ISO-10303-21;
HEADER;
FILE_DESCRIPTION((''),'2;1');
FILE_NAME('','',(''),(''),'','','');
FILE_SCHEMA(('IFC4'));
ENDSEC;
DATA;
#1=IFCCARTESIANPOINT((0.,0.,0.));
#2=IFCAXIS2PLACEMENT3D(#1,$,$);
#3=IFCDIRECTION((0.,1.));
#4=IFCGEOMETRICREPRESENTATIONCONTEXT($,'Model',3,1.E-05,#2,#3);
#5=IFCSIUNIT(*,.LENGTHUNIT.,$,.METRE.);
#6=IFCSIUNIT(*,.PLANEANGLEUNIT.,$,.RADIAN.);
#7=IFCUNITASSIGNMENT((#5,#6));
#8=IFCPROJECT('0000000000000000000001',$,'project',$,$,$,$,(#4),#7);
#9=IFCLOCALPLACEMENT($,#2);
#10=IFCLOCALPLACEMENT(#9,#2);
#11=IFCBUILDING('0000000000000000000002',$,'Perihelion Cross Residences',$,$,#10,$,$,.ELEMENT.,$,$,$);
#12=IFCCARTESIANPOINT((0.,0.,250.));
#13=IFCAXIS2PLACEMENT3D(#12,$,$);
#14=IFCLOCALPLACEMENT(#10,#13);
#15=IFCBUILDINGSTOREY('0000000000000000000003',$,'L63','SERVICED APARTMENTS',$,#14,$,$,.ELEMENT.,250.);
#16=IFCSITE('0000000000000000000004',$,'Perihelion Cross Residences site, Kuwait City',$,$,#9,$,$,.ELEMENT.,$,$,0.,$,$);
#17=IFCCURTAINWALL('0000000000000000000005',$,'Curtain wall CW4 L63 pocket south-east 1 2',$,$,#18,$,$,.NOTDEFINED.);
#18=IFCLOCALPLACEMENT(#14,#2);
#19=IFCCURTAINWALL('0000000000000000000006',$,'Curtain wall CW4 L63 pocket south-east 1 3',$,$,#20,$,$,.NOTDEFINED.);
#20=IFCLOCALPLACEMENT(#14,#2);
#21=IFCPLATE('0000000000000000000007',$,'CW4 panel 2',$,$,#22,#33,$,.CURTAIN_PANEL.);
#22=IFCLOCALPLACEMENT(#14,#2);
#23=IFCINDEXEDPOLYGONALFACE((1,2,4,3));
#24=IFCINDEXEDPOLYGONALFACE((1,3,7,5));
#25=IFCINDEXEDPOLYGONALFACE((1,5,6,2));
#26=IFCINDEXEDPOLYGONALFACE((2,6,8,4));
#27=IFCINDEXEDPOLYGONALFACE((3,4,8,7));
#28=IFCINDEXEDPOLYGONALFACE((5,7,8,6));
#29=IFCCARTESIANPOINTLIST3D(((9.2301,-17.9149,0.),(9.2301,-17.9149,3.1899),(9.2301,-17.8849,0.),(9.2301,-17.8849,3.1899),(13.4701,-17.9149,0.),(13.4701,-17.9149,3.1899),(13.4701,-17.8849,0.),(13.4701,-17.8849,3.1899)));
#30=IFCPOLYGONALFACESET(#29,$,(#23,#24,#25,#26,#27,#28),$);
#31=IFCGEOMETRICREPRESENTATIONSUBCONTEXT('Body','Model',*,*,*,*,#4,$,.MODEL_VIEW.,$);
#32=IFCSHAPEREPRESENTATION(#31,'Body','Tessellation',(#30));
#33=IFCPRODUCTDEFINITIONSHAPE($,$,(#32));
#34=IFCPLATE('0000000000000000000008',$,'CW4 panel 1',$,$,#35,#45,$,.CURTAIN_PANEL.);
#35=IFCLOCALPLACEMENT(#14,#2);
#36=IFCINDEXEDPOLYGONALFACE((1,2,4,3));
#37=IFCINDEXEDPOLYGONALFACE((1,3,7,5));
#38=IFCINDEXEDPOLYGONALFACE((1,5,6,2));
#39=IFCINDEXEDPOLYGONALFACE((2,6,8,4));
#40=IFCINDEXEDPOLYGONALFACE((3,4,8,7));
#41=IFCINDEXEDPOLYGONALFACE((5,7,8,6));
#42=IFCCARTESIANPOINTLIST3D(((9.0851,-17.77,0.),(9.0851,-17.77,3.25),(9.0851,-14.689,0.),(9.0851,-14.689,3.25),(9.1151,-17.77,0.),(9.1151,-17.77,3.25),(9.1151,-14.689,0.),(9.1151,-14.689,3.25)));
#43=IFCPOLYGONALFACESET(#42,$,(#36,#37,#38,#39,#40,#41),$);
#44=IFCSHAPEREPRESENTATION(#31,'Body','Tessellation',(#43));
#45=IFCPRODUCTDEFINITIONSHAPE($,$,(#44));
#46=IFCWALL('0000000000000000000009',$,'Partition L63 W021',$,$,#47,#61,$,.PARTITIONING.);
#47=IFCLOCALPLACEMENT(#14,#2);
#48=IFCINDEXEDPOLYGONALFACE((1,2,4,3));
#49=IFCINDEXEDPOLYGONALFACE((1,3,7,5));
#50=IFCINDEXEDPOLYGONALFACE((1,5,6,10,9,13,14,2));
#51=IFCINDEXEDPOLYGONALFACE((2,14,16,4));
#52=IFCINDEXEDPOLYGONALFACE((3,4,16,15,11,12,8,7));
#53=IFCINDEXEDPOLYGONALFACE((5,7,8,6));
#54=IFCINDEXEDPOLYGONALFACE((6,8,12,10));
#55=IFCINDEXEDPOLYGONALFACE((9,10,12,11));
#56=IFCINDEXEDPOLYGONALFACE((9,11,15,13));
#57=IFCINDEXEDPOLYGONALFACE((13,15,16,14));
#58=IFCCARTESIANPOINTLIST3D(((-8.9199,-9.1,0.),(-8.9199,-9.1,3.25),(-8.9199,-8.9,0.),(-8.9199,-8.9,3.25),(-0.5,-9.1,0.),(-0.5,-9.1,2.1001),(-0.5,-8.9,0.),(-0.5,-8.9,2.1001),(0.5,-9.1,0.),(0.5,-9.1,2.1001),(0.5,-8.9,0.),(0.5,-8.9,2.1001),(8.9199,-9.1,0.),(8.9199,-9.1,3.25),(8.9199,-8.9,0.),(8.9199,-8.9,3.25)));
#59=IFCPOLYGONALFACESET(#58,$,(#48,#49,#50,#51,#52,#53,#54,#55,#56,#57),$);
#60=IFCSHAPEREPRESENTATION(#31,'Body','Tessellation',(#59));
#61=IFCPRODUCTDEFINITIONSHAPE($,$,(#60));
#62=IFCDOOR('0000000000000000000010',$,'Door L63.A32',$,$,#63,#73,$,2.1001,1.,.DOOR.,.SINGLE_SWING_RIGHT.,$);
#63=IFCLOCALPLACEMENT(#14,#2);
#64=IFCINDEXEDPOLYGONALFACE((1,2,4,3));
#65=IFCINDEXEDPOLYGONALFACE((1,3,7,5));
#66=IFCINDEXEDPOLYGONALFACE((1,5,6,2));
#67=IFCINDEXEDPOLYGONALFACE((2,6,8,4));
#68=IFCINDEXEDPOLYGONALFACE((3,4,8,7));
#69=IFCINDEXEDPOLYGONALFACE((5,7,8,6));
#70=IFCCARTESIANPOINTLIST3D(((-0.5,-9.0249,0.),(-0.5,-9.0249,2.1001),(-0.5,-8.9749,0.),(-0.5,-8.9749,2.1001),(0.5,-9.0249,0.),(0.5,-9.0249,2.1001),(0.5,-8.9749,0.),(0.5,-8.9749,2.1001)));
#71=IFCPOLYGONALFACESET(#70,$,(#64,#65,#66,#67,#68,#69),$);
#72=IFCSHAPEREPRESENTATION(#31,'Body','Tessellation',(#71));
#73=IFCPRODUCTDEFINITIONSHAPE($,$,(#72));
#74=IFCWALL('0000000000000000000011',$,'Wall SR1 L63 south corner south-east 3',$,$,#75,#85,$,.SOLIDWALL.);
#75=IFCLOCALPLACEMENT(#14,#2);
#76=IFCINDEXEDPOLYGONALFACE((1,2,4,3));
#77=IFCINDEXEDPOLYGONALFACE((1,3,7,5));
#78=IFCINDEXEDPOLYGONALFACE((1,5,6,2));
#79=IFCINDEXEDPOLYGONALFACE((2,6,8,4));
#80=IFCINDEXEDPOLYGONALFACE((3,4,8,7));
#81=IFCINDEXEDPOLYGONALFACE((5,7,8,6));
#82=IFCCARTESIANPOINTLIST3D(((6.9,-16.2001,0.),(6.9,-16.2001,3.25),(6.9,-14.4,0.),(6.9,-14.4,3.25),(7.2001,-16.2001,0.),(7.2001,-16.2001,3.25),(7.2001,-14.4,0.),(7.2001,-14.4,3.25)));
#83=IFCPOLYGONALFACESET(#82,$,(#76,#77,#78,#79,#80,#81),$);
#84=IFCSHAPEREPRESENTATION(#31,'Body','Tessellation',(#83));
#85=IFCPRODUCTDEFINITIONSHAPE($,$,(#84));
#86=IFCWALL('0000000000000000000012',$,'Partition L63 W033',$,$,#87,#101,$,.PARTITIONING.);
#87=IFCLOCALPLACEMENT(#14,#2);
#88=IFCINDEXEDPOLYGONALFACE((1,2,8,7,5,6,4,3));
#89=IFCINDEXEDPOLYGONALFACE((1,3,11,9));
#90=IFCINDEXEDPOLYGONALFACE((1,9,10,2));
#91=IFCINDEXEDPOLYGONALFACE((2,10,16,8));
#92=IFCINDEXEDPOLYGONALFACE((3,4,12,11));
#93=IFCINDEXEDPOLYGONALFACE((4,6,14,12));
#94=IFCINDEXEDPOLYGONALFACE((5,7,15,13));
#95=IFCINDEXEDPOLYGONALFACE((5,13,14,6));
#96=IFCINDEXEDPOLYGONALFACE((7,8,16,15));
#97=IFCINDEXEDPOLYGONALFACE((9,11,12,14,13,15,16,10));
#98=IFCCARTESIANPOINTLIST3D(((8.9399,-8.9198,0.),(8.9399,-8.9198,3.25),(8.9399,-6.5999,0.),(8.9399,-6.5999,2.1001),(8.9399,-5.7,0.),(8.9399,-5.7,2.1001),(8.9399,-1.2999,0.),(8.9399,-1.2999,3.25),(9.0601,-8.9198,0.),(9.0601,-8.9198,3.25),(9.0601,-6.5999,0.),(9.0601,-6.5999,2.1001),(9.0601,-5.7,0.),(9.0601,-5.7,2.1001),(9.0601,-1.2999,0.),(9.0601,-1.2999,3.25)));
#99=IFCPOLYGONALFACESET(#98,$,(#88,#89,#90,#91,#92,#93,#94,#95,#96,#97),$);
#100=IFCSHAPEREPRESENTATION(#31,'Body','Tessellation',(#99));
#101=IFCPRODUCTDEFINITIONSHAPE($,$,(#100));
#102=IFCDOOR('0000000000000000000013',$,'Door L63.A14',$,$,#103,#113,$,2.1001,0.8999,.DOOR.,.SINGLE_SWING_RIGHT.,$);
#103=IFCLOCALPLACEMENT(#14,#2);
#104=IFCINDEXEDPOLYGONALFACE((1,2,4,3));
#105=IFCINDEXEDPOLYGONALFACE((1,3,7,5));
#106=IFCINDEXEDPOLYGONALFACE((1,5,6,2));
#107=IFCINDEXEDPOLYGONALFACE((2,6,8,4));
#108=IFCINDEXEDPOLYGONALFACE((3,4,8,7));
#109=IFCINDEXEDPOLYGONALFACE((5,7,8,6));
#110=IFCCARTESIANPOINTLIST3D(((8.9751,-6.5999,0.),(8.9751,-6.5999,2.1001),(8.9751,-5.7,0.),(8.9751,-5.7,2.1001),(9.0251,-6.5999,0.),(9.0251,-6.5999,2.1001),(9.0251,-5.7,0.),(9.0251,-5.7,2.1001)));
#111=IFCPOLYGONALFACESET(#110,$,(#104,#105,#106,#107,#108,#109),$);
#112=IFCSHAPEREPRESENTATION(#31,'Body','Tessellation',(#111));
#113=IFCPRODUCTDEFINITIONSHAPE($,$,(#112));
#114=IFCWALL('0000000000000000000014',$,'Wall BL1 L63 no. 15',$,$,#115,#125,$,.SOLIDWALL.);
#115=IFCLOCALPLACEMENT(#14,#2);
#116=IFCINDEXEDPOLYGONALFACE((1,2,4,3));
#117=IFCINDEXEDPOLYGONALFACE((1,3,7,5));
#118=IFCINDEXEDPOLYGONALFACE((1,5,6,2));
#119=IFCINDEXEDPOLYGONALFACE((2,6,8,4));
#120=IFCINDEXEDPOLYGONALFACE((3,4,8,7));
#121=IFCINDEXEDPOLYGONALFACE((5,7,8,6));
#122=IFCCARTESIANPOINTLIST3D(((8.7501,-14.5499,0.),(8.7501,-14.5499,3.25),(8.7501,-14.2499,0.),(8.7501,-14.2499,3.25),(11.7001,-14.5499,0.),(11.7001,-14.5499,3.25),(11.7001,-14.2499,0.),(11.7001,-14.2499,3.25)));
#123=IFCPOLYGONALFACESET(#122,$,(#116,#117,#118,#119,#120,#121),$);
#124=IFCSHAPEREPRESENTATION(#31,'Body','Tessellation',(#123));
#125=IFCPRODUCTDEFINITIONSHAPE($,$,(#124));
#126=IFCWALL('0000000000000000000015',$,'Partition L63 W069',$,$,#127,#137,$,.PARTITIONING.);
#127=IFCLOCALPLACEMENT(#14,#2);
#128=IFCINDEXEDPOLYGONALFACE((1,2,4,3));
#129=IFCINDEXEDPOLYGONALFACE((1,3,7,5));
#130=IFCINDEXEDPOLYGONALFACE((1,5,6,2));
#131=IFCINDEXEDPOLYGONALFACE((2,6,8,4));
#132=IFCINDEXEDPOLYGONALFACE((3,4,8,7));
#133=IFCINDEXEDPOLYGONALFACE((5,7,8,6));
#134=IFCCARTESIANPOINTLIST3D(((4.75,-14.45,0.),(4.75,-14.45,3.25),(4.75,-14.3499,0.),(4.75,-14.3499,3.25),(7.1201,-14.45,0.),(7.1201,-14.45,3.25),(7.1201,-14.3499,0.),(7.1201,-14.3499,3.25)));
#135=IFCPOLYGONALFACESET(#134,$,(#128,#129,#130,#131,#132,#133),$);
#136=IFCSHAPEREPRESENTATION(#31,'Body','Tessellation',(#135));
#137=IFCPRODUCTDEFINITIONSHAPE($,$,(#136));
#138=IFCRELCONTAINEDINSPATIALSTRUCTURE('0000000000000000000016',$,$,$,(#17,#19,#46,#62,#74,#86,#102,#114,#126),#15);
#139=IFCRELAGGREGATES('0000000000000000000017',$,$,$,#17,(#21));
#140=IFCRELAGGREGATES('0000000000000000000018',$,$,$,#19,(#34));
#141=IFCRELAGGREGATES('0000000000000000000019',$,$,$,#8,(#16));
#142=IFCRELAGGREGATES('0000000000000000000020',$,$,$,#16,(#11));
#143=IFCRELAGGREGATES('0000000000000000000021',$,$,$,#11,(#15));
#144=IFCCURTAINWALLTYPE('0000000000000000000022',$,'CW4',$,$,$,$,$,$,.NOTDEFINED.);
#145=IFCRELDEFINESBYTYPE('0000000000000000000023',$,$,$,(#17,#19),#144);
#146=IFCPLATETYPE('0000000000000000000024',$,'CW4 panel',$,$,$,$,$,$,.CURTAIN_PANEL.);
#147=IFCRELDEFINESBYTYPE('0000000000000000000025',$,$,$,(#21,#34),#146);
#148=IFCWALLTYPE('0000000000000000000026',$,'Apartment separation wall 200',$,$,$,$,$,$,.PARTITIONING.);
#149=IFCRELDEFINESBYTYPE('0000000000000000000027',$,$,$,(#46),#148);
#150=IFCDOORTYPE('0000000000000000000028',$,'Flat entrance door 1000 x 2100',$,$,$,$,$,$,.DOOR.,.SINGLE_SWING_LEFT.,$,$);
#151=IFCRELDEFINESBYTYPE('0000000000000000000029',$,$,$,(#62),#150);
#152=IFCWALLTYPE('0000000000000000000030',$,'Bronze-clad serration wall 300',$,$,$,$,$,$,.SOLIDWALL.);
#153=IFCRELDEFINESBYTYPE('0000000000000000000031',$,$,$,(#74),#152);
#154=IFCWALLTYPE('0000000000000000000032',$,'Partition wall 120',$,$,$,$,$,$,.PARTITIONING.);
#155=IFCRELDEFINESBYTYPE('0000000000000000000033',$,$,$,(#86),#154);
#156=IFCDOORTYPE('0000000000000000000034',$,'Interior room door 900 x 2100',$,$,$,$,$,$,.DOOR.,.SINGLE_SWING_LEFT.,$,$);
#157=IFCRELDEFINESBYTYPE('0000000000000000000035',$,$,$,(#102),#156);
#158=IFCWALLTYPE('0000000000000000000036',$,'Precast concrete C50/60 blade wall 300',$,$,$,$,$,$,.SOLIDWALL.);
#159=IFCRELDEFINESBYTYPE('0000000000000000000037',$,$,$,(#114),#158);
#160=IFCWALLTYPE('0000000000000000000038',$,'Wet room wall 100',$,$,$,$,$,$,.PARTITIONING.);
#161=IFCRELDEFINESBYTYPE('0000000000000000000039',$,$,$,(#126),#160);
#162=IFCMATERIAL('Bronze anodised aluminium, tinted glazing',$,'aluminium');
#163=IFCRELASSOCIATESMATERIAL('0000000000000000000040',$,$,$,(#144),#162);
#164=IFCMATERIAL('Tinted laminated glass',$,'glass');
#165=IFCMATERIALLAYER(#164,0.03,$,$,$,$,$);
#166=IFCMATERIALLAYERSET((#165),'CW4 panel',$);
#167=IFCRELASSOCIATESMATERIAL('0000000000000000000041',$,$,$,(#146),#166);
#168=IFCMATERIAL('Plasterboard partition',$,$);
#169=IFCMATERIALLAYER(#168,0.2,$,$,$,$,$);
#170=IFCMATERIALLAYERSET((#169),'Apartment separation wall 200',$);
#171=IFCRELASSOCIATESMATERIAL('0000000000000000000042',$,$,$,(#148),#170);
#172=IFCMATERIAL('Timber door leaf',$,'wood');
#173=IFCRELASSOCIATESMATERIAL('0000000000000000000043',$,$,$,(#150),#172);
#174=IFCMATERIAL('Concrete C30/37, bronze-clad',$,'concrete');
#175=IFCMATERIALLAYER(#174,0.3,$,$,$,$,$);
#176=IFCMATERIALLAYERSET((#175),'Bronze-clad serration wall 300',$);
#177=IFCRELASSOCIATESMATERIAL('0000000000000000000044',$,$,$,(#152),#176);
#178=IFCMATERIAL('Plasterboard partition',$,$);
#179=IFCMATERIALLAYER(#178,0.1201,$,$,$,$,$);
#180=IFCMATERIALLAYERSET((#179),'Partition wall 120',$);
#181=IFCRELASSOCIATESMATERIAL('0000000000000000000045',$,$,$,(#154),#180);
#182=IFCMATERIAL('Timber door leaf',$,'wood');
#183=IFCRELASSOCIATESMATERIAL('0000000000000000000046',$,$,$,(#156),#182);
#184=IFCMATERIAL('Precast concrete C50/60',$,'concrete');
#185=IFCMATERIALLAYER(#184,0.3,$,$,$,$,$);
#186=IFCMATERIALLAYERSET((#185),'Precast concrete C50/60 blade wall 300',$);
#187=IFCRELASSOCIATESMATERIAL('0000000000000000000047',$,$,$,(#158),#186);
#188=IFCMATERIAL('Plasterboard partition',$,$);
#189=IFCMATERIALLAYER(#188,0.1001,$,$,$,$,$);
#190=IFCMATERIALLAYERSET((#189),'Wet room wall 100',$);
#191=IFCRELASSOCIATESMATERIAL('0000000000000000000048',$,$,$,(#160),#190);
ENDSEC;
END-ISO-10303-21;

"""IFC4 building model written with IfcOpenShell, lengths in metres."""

from ifc_helpers import new_model, si_unit, direction, frame, frame_2d, origin, origin_2d, place, context, subcontext, project, spatial, rectangle, extrude, material, layer, layer_set, type_object, element, fill, aggregate, save


model = new_model("IFC4")

# Units and contexts
model_context = context("Model", 3, precision=1e-05, world=origin(), true_north=direction((0.0, 1.0)))
body_context = subcontext(model_context, "Body", "Model", "MODEL_VIEW")
ifc_project = project(units=[si_unit("LENGTHUNIT", "METRE"), si_unit("PLANEANGLEUNIT", "RADIAN")], contexts=[model_context])

# Site, building, storey
site_placement = place(None, origin())
site = spatial("IfcSite", under=ifc_project, at=site_placement, Name="Perihelion Cross Residences site, Kuwait City", CompositionType="ELEMENT", RefElevation=0.0)
building_placement = place(site_placement, origin())
building = spatial("IfcBuilding", under=site, at=building_placement, Name="Perihelion Cross Residences", CompositionType="ELEMENT")
storey_placement = place(building_placement, frame((0.0, 0.0, 250.0)))
storey = spatial("IfcBuildingStorey", under=building, at=storey_placement, Name="L63", Description="SERVICED APARTMENTS", CompositionType="ELEMENT", Elevation=250.0)

# Curtain wall
ifc_material_1 = material(Name="Bronze anodised aluminium, tinted glazing", Category="aluminium")
curtain_wall_type_1 = type_object("IfcCurtainWallType", Name="CW4", PredefinedType="NOTDEFINED", material=ifc_material_1)
curtain_wall_1_placement = place(storey_placement, origin())
curtain_wall_1 = element("IfcCurtainWall", 1, at=curtain_wall_1_placement, inside=storey, type_object=curtain_wall_type_1, Name="Curtain wall CW4 L63 pocket south-east 1 2", PredefinedType="NOTDEFINED")

# Curtain wall
curtain_wall_2_placement = place(storey_placement, origin())
curtain_wall_2 = element("IfcCurtainWall", 2, at=curtain_wall_2_placement, inside=storey, type_object=curtain_wall_type_1, Name="Curtain wall CW4 L63 pocket south-east 1 3", PredefinedType="NOTDEFINED")

# Plates
ifc_material_2 = material(Name="Tinted laminated glass", Category="glass")
ifc_layer_1 = layer(ifc_material_2, 0.03)
ifc_layer_set_1 = layer_set([ifc_layer_1], Name="CW4 panel")
plate_type_1 = type_object("IfcPlateType", Name="CW4 panel", PredefinedType="CURTAIN_PANEL", material=ifc_layer_set_1)
plate_1_placement = place(storey_placement, frame((11.3501, -17.8999, 0.0), z_axis=(0.0, 0.0, 1.0), x_axis=(-1.0, 0.0, 0.0)))
plate_1 = element("IfcPlate", 3, at=plate_1_placement, type_object=plate_type_1, Name="CW4 panel 2", PredefinedType="CURTAIN_PANEL", context=body_context, shape_type="SweptSolid", body=[
    extrude(rectangle(XDim=4.24, YDim=0.03, at=origin_2d()), origin(), (0.0, 0.0, 1.0), 3.1899),
])
aggregate(curtain_wall_1, [plate_1])
plate_2_placement = place(storey_placement, frame((9.1001, -16.2295, 0.0), z_axis=(0.0, 0.0, 1.0), x_axis=(0.0, 1.0, 0.0)))
plate_2 = element("IfcPlate", 4, at=plate_2_placement, type_object=plate_type_1, Name="CW4 panel 1", PredefinedType="CURTAIN_PANEL", context=body_context, shape_type="SweptSolid", body=[
    extrude(rectangle(XDim=3.0811, YDim=0.03, at=origin_2d()), origin(), (0.0, 0.0, 1.0), 3.25),
])
aggregate(curtain_wall_2, [plate_2])

# Wall, opening, door
ifc_material_3 = material(Name="Plasterboard partition")
ifc_layer_2 = layer(ifc_material_3, 0.2)
ifc_layer_set_2 = layer_set([ifc_layer_2], Name="Apartment separation wall 200")
wall_type_1 = type_object("IfcWallType", Name="Apartment separation wall 200", PredefinedType="PARTITIONING", material=ifc_layer_set_2)
wall_1_placement = place(storey_placement, frame((8.9199, -9.0, 0.0), z_axis=(0.0, 0.0, 1.0), x_axis=(-1.0, 0.0, 0.0)))
wall_1 = element("IfcWall", 5, at=wall_1_placement, inside=storey, type_object=wall_type_1, Name="Partition L63 W021", PredefinedType="PARTITIONING", context=body_context, shape_type="SweptSolid", body=[
    extrude(rectangle(XDim=17.8398, YDim=0.2, at=frame_2d((8.9199, 0.0))), origin(), (0.0, 0.0, 1.0), 3.25),
])
opening_1_placement = place(wall_1_placement, frame((8.4199, 0.0, 0.0)))
opening_1 = element("IfcOpeningElement", 6, at=opening_1_placement, cuts=wall_1, PredefinedType="OPENING", context=body_context, shape_type="SweptSolid", body=[
    extrude(rectangle(XDim=1.0, YDim=2.1001, at=frame_2d((0.5, 1.05))), frame((0.0, 0.1099, 0.0), z_axis=(0.0, -1.0, 0.0), x_axis=(1.0, 0.0, 0.0)), (0.0, 0.0, 1.0), 0.22),
])
ifc_material_4 = material(Name="Timber door leaf", Category="wood")
door_type_1 = type_object("IfcDoorType", Name="Flat entrance door 1000 x 2100", OperationType="SINGLE_SWING_LEFT", PredefinedType="DOOR", material=ifc_material_4)
door_1_placement = place(opening_1_placement, origin())
door_1 = element("IfcDoor", 7, at=door_1_placement, inside=storey, type_object=door_type_1, Name="Door L63.A32", OperationType="SINGLE_SWING_RIGHT", OverallHeight=2.1001, OverallWidth=1.0, PredefinedType="DOOR", context=body_context, shape_type="SweptSolid", body=[
    extrude(rectangle(XDim=1.0, YDim=2.1001, at=frame_2d((0.5, 1.05))), frame((0.0, 0.0249, 0.0), z_axis=(0.0, -1.0, 0.0), x_axis=(1.0, 0.0, 0.0)), (0.0, 0.0, 1.0), 0.05),
])
fill(opening_1, door_1)

# Wall
ifc_material_5 = material(Name="Concrete C30/37, bronze-clad", Category="concrete")
ifc_layer_3 = layer(ifc_material_5, 0.3)
ifc_layer_set_3 = layer_set([ifc_layer_3], Name="Bronze-clad serration wall 300")
wall_type_2 = type_object("IfcWallType", Name="Bronze-clad serration wall 300", PredefinedType="SOLIDWALL", material=ifc_layer_set_3)
wall_2_placement = place(storey_placement, frame((7.05, -16.2, 0.0), z_axis=(0.0, 0.0, 1.0), x_axis=(0.0, 1.0, 0.0)))
element("IfcWall", 8, at=wall_2_placement, inside=storey, type_object=wall_type_2, Name="Wall SR1 L63 south corner south-east 3", PredefinedType="SOLIDWALL", context=body_context, shape_type="SweptSolid", body=[
    extrude(rectangle(XDim=1.8, YDim=0.3, at=frame_2d((0.8999, 0.0))), origin(), (0.0, 0.0, 1.0), 3.25),
])

# Wall, opening, door
ifc_material_6 = material(Name="Plasterboard partition")
ifc_layer_4 = layer(ifc_material_6, 0.1201)
ifc_layer_set_4 = layer_set([ifc_layer_4], Name="Partition wall 120")
wall_type_3 = type_object("IfcWallType", Name="Partition wall 120", PredefinedType="PARTITIONING", material=ifc_layer_set_4)
wall_3_placement = place(storey_placement, frame((9.0, -8.9199, 0.0), z_axis=(0.0, 0.0, 1.0), x_axis=(0.0, 1.0, 0.0)))
wall_3 = element("IfcWall", 9, at=wall_3_placement, inside=storey, type_object=wall_type_3, Name="Partition L63 W033", PredefinedType="PARTITIONING", context=body_context, shape_type="SweptSolid", body=[
    extrude(rectangle(XDim=7.6199, YDim=0.1201, at=frame_2d((3.8101, 0.0))), origin(), (0.0, 0.0, 1.0), 3.25),
])
opening_2_placement = place(wall_3_placement, frame((2.3201, 0.0, 0.0)))
opening_2 = element("IfcOpeningElement", 10, at=opening_2_placement, cuts=wall_3, PredefinedType="OPENING", context=body_context, shape_type="SweptSolid", body=[
    extrude(rectangle(XDim=0.8999, YDim=2.1001, at=frame_2d((0.45, 1.05))), frame((0.0, 0.0701, 0.0), z_axis=(0.0, -1.0, 0.0), x_axis=(1.0, 0.0, 0.0)), (0.0, 0.0, 1.0), 0.1401),
])
ifc_material_7 = material(Name="Timber door leaf", Category="wood")
door_type_2 = type_object("IfcDoorType", Name="Interior room door 900 x 2100", OperationType="SINGLE_SWING_LEFT", PredefinedType="DOOR", material=ifc_material_7)
door_2_placement = place(opening_2_placement, origin())
door_2 = element("IfcDoor", 11, at=door_2_placement, inside=storey, type_object=door_type_2, Name="Door L63.A14", OperationType="SINGLE_SWING_RIGHT", OverallHeight=2.1001, OverallWidth=0.8999, PredefinedType="DOOR", context=body_context, shape_type="SweptSolid", body=[
    extrude(rectangle(XDim=0.8999, YDim=2.1001, at=frame_2d((0.45, 1.05))), frame((0.0, 0.0249, 0.0), z_axis=(0.0, -1.0, 0.0), x_axis=(1.0, 0.0, 0.0)), (0.0, 0.0, 1.0), 0.05),
])
fill(opening_2, door_2)

# Walls
ifc_material_8 = material(Name="Precast concrete C50/60", Category="concrete")
ifc_layer_5 = layer(ifc_material_8, 0.3)
ifc_layer_set_5 = layer_set([ifc_layer_5], Name="Precast concrete C50/60 blade wall 300")
wall_type_4 = type_object("IfcWallType", Name="Precast concrete C50/60 blade wall 300", PredefinedType="SOLIDWALL", material=ifc_layer_set_5)
wall_4_placement = place(storey_placement, frame((8.75, -14.3999, 0.0), z_axis=(0.0, 0.0, 1.0), x_axis=(1.0, 0.0, 0.0)))
element("IfcWall", 12, at=wall_4_placement, inside=storey, type_object=wall_type_4, Name="Wall BL1 L63 no. 15", PredefinedType="SOLIDWALL", context=body_context, shape_type="SweptSolid", body=[
    extrude(rectangle(XDim=2.95, YDim=0.3, at=frame_2d((1.4751, 0.0))), origin(), (0.0, 0.0, 1.0), 3.25),
])
ifc_material_9 = material(Name="Plasterboard partition")
ifc_layer_6 = layer(ifc_material_9, 0.1001)
ifc_layer_set_6 = layer_set([ifc_layer_6], Name="Wet room wall 100")
wall_type_5 = type_object("IfcWallType", Name="Wet room wall 100", PredefinedType="PARTITIONING", material=ifc_layer_set_6)
wall_5_placement = place(storey_placement, frame((7.1201, -14.3999, 0.0), z_axis=(0.0, 0.0, 1.0), x_axis=(-1.0, 0.0, 0.0)))
element("IfcWall", 13, at=wall_5_placement, inside=storey, type_object=wall_type_5, Name="Partition L63 W069", PredefinedType="PARTITIONING", context=body_context, shape_type="SweptSolid", body=[
    extrude(rectangle(XDim=2.3701, YDim=0.1001, at=frame_2d((1.1851, 0.0))), origin(), (0.0, 0.0, 1.0), 3.25),
])

save(model, "model.ifc")
